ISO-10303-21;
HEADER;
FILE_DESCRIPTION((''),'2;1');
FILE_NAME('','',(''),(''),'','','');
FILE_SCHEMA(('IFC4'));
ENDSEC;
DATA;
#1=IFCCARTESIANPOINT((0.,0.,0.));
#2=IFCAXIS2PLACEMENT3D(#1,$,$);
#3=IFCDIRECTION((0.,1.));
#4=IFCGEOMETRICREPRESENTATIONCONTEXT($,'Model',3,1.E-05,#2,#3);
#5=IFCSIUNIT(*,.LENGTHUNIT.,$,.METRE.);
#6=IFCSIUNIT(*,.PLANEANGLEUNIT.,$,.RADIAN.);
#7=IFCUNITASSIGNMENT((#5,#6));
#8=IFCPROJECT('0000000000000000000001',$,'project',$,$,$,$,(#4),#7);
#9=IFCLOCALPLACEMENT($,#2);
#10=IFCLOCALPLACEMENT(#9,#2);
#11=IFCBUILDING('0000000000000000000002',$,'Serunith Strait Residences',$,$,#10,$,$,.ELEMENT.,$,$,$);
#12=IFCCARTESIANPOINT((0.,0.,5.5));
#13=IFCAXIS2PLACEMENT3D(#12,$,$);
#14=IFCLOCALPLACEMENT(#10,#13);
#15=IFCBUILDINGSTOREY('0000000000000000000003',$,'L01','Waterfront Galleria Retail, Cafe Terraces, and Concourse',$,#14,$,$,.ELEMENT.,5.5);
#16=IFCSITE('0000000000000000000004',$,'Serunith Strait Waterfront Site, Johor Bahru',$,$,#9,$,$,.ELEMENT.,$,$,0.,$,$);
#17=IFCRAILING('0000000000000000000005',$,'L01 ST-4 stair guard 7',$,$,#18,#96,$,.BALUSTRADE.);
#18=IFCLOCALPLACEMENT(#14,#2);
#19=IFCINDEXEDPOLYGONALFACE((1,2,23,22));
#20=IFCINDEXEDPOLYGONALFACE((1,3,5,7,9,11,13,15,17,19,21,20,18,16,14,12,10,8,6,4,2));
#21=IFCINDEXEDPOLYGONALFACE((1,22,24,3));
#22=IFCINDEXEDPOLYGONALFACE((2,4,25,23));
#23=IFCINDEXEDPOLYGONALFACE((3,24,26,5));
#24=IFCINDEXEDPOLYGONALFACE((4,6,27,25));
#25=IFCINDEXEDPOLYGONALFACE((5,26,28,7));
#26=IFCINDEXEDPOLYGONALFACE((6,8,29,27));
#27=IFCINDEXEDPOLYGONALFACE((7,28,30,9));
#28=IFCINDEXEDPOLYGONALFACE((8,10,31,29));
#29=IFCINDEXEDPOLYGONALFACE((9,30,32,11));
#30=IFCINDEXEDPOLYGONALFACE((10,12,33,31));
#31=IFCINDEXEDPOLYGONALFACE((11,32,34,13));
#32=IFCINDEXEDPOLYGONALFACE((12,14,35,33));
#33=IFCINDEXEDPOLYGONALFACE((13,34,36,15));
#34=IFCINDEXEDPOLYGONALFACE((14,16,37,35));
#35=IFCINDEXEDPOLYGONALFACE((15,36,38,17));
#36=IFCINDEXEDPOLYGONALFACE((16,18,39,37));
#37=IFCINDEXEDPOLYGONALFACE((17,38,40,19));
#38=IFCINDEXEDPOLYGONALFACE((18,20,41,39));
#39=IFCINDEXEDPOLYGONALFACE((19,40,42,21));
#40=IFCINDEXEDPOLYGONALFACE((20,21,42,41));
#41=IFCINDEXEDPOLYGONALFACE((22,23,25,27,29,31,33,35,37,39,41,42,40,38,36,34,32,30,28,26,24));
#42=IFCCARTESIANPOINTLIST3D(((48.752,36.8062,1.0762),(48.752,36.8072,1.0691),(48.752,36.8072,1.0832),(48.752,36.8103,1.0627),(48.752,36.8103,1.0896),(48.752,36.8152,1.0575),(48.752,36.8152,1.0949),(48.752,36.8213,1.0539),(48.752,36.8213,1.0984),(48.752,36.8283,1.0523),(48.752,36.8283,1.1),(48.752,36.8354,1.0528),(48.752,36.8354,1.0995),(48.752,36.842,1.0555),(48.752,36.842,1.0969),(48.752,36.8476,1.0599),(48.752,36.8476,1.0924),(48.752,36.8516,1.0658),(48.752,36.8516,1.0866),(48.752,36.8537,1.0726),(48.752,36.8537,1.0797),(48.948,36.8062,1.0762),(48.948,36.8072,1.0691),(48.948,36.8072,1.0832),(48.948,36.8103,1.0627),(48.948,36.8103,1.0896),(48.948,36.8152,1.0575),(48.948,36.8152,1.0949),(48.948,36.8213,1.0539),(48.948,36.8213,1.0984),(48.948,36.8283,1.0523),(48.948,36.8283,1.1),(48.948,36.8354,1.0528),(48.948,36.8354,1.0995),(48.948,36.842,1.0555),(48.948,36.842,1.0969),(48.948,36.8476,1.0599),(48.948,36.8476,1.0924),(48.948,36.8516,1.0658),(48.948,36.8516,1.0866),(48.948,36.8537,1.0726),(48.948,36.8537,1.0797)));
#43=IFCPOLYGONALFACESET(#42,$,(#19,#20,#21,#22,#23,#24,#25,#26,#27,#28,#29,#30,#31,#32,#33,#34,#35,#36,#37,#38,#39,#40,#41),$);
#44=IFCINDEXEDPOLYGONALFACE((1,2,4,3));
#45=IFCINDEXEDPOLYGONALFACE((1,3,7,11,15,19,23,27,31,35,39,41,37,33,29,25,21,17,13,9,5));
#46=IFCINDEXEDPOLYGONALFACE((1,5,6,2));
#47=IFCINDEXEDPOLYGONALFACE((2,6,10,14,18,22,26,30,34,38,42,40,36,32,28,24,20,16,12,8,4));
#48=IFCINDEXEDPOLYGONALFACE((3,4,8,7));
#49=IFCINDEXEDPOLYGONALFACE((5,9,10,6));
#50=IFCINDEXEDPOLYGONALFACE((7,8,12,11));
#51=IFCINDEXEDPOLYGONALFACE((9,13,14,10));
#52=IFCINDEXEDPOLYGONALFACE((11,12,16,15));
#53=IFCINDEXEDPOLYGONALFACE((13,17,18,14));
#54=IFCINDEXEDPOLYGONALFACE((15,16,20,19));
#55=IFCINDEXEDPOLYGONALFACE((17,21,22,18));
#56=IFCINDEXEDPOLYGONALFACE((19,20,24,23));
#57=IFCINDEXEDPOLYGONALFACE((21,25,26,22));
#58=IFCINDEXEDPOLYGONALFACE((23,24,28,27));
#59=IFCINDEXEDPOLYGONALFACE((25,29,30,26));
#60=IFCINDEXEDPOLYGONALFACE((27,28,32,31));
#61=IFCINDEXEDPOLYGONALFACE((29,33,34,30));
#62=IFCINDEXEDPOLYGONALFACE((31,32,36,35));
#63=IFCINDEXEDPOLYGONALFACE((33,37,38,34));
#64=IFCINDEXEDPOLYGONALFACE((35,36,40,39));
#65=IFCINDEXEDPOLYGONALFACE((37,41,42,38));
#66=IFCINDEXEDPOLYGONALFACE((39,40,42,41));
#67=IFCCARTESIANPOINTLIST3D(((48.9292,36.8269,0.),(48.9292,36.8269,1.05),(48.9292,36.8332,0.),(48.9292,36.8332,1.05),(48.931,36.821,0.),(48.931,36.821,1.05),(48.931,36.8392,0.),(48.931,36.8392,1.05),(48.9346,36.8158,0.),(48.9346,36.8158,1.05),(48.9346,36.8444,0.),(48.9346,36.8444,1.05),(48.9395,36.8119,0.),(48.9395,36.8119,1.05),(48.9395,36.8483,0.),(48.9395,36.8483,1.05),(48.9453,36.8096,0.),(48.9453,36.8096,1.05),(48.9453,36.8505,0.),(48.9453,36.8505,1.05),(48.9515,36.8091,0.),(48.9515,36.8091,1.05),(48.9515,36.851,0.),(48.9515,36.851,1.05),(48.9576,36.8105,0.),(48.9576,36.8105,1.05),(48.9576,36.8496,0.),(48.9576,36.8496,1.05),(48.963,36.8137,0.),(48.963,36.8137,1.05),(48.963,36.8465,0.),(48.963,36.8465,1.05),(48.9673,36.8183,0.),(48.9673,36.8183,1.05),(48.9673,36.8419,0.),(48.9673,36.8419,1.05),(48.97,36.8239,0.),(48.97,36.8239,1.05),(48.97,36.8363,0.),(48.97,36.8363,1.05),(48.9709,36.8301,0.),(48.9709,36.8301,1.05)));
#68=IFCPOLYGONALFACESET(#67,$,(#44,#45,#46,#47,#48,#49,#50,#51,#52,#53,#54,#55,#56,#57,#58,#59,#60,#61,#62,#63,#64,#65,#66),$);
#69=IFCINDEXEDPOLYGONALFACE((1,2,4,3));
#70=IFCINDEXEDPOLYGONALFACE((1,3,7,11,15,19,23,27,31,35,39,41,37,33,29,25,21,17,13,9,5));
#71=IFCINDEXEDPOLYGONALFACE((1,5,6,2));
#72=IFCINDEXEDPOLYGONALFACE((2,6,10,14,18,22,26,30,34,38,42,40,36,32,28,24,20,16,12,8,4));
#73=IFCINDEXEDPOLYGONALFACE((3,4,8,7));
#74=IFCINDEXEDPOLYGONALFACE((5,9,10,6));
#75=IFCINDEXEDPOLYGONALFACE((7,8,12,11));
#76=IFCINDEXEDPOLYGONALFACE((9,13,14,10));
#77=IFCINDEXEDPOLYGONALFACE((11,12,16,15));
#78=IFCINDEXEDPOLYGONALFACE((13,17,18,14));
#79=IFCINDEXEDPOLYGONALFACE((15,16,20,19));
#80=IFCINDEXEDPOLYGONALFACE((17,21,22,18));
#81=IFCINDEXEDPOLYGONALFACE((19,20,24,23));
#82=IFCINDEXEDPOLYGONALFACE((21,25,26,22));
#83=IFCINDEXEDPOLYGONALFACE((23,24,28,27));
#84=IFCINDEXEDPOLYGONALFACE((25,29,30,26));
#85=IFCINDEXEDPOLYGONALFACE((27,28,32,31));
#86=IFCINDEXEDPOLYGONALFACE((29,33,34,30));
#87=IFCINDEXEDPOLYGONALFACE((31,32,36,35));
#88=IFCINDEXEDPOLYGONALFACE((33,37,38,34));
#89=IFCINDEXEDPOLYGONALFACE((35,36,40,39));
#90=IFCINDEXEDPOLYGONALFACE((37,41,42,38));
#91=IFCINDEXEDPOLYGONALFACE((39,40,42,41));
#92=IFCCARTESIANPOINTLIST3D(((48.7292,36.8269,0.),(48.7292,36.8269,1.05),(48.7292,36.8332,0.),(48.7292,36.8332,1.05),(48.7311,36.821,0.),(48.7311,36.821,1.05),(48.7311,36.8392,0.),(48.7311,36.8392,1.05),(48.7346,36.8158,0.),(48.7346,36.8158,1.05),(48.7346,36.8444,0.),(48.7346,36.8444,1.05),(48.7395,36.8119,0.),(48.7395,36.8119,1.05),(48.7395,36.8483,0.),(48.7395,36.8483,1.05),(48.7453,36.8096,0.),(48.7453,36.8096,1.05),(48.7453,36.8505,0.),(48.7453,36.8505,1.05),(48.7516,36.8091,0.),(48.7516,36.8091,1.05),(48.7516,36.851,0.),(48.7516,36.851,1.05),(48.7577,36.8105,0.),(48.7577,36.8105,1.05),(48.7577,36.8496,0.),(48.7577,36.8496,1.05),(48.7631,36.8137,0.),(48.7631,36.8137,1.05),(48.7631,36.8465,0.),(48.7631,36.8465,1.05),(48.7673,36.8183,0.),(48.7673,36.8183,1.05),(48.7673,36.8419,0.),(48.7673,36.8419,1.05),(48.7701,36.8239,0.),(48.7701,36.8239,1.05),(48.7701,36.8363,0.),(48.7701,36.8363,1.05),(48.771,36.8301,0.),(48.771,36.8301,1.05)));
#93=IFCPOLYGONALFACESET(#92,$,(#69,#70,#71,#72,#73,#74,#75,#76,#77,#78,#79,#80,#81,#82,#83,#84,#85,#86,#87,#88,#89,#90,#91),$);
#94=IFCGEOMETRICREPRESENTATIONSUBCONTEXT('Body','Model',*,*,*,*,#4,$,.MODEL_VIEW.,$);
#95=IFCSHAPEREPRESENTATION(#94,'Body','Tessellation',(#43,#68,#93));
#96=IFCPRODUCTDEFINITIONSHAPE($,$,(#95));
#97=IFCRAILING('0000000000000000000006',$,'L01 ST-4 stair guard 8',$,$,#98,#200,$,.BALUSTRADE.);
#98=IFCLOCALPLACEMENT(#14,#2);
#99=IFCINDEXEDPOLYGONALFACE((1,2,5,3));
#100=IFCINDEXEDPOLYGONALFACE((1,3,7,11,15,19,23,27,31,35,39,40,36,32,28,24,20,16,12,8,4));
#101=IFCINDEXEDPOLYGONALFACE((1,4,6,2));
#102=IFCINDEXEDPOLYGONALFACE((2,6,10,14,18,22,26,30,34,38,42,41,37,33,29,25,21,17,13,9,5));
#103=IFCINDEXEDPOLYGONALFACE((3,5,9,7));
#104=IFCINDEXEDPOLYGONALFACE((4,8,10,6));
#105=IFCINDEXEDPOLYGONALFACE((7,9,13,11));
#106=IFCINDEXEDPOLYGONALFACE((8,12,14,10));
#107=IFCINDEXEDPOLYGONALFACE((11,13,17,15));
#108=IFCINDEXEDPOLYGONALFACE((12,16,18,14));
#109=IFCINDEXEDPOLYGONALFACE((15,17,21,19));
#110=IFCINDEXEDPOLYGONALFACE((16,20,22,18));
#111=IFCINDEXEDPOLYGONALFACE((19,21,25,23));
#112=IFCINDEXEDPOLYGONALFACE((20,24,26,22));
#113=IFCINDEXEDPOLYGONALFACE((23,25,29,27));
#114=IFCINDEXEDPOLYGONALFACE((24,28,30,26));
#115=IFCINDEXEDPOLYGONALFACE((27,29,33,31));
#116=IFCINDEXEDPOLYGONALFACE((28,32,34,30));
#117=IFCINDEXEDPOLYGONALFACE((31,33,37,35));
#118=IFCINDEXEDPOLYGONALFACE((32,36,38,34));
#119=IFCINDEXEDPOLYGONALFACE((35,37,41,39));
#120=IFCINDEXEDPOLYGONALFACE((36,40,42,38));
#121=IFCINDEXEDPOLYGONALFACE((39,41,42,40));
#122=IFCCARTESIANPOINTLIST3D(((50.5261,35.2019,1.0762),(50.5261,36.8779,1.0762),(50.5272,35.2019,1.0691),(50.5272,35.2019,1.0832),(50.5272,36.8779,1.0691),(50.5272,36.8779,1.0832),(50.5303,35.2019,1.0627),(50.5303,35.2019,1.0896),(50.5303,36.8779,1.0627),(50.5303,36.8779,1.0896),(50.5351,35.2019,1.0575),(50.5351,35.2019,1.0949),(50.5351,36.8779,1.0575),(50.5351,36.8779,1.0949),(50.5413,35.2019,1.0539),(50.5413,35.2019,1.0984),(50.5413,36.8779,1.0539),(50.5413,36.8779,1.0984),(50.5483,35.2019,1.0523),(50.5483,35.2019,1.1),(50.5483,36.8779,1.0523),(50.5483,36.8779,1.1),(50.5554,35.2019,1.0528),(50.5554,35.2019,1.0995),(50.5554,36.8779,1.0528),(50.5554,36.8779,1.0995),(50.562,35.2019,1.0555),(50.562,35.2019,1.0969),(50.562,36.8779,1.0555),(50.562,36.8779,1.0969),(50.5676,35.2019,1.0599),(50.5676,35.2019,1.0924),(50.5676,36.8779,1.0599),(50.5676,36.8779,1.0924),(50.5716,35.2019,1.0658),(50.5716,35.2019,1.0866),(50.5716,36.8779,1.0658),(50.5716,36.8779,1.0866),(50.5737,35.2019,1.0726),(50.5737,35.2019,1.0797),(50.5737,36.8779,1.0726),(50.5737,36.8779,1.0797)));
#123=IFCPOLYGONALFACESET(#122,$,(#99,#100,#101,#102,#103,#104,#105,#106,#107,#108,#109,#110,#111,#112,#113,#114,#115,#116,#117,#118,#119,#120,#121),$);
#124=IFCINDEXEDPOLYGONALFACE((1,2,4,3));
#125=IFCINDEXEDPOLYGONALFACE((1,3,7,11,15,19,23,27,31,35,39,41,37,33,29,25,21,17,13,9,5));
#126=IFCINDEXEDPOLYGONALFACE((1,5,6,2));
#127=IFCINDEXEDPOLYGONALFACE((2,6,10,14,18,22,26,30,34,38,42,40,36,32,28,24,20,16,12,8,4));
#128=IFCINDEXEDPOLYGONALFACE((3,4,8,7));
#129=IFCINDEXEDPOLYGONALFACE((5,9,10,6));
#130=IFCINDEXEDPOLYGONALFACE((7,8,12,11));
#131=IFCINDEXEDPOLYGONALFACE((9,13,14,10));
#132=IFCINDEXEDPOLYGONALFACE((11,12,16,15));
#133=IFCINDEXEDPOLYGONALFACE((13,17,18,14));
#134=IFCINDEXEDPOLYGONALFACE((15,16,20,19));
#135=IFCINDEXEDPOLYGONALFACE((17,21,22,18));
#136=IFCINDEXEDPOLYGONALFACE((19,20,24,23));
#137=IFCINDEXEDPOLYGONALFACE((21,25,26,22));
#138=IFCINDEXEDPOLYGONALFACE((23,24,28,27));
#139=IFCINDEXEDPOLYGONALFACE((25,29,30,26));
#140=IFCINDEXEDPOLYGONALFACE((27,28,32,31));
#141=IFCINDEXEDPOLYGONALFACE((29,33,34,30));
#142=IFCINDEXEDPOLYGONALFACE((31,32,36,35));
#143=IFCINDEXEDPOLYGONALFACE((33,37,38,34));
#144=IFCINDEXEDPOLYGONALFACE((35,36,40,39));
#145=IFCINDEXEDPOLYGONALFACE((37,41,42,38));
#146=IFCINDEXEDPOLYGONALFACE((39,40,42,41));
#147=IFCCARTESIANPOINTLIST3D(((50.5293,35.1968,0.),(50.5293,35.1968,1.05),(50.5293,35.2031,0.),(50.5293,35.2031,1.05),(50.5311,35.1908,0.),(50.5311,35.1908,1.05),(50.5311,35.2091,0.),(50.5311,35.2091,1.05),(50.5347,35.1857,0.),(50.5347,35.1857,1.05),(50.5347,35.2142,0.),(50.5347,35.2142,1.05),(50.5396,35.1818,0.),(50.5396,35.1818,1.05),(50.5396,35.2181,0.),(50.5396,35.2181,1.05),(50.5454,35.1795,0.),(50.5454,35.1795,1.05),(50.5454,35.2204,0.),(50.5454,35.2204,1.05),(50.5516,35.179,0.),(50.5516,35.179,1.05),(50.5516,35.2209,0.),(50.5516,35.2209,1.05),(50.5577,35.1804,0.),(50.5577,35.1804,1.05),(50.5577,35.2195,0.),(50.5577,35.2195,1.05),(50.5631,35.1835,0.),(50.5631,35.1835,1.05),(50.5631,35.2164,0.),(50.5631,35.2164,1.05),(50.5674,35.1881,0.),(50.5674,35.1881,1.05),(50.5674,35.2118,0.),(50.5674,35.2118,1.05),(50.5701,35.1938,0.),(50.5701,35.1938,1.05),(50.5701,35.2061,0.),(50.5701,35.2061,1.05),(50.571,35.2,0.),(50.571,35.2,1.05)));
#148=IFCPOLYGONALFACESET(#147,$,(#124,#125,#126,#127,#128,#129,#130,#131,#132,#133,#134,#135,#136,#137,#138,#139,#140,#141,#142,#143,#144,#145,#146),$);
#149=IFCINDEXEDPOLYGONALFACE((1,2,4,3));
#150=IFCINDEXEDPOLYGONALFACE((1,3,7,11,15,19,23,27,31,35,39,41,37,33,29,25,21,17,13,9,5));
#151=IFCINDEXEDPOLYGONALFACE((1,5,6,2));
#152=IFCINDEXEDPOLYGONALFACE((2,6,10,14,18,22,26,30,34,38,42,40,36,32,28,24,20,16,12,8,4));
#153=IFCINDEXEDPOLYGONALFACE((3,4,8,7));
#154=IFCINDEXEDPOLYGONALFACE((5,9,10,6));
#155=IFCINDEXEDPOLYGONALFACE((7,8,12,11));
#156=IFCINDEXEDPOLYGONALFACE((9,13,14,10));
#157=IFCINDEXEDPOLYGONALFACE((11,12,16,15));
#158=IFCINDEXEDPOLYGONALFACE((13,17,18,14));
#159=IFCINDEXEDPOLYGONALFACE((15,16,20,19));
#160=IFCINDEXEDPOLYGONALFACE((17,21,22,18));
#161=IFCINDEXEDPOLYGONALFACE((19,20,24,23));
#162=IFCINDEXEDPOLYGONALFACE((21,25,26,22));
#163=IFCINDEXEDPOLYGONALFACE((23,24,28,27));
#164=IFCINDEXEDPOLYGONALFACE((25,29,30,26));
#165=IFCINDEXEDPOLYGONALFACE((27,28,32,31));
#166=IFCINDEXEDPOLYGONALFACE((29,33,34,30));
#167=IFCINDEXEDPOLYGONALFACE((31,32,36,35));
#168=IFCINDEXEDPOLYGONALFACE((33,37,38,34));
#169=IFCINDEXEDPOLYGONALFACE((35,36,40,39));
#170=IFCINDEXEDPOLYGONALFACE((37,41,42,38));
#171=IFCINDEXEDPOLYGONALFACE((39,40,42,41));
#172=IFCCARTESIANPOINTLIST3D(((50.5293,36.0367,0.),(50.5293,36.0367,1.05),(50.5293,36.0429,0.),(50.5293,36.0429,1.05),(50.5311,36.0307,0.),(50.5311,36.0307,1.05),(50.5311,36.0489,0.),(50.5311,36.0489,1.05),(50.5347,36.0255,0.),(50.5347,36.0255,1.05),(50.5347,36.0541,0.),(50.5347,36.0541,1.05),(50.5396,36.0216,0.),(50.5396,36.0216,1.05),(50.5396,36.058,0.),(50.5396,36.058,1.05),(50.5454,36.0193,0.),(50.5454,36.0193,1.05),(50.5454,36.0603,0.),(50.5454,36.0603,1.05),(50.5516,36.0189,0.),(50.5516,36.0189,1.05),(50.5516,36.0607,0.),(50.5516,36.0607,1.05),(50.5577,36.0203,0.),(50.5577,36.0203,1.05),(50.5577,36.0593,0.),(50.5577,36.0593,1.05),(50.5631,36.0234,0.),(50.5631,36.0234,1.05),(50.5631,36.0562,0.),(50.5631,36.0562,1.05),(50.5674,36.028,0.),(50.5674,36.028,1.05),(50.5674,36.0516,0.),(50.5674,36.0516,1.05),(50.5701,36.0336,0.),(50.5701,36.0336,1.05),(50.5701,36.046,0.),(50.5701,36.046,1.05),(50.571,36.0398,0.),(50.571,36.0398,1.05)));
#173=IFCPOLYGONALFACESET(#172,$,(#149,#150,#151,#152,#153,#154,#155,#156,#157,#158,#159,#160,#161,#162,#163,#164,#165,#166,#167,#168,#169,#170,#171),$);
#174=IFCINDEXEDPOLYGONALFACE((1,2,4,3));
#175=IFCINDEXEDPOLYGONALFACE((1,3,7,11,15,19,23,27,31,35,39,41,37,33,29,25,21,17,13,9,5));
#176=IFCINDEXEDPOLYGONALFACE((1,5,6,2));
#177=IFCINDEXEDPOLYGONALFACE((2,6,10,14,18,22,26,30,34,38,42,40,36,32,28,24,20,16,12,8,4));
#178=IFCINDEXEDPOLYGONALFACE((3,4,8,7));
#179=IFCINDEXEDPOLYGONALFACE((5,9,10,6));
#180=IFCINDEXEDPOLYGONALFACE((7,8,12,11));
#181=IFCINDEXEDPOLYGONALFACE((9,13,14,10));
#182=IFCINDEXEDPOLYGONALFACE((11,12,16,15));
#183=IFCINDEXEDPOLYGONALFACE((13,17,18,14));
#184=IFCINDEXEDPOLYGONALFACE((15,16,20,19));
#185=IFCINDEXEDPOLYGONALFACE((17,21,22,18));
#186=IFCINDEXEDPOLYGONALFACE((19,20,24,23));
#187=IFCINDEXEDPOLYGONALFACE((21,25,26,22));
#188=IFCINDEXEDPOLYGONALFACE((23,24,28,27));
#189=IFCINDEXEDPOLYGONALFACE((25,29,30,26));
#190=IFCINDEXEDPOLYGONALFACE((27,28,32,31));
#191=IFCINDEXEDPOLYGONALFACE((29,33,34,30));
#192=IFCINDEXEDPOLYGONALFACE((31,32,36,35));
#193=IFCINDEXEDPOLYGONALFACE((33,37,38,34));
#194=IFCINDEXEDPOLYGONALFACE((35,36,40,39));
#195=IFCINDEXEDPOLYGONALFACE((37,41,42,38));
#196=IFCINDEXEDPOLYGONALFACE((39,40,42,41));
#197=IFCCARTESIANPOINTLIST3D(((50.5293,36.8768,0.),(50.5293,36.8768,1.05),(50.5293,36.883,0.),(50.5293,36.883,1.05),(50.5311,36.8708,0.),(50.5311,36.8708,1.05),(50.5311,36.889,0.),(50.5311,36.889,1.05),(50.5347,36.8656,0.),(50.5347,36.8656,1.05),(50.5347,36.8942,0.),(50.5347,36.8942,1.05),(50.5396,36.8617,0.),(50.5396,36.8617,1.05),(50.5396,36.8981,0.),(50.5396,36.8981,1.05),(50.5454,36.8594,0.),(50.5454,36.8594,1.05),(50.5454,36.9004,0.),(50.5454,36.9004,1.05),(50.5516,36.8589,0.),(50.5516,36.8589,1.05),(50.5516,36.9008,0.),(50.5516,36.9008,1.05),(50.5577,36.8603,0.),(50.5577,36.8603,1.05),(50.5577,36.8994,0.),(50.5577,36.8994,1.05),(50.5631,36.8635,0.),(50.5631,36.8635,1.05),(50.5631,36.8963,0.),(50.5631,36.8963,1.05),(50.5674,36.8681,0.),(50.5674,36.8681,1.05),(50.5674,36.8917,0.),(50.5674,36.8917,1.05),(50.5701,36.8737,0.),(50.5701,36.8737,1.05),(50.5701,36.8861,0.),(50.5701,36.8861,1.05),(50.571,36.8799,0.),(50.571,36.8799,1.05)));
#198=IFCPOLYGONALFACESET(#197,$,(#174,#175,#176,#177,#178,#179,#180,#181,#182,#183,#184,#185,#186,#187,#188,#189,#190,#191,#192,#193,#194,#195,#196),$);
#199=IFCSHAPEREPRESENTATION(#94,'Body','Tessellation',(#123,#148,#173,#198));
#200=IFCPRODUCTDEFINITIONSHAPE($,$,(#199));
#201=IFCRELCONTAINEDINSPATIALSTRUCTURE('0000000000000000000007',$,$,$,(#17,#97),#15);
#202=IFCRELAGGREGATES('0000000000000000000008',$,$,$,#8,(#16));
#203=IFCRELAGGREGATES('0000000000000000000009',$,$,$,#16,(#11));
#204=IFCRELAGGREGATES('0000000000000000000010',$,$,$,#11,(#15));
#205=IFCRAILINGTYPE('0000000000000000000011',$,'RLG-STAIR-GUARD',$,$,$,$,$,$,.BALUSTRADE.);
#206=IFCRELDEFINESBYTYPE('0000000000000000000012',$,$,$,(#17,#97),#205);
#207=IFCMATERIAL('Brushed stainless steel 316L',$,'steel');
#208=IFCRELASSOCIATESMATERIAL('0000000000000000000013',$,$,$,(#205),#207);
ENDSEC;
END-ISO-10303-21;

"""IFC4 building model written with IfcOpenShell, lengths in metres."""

from ifc_helpers import new_model, si_unit, direction, frame, origin, origin_2d, place, context, subcontext, project, spatial, circle, extrude, material, type_object, element, save


model = new_model("IFC4")

# Units and contexts
model_context = context("Model", 3, precision=1e-05, world=origin(), true_north=direction((0.0, 1.0)))
body_context = subcontext(model_context, "Body", "Model", "MODEL_VIEW")
ifc_project = project(units=[si_unit("LENGTHUNIT", "METRE"), si_unit("PLANEANGLEUNIT", "RADIAN")], contexts=[model_context])

# Site, building, storey
site_placement = place(None, origin())
site = spatial("IfcSite", under=ifc_project, at=site_placement, Name="Serunith Strait Waterfront Site, Johor Bahru", CompositionType="ELEMENT", RefElevation=0.0)
building_placement = place(site_placement, origin())
building = spatial("IfcBuilding", under=site, at=building_placement, Name="Serunith Strait Residences", CompositionType="ELEMENT")
storey_placement = place(building_placement, frame((0.0, 0.0, 5.5)))
storey = spatial("IfcBuildingStorey", under=building, at=storey_placement, Name="L01", Description="Waterfront Galleria Retail, Cafe Terraces, and Concourse", CompositionType="ELEMENT", Elevation=5.5)

# Railings
ifc_material_1 = material(Name="Brushed stainless steel 316L", Category="steel")
railing_type_1 = type_object("IfcRailingType", Name="RLG-STAIR-GUARD", PredefinedType="BALUSTRADE", material=ifc_material_1)
railing_1_placement = place(storey_placement, frame((48.95, 36.8301, 0.0)))
element("IfcRailing", 1, at=railing_1_placement, inside=storey, type_object=railing_type_1, Name="L01 ST-4 stair guard 7", PredefinedType="BALUSTRADE", context=body_context, shape_type="SweptSolid", body=[
    extrude(circle(Radius=0.0239, at=origin_2d()), frame((-0.002, 0.0, 1.0762), z_axis=(-1.0, 0.0, 0.0), x_axis=(0.0, -1.0, 0.0)), (0.0, 0.0, 1.0), 0.196),
    extrude(circle(Radius=0.021, at=origin_2d()), origin(), (0.0, 0.0, 1.0), 1.05),
    extrude(circle(Radius=0.021, at=origin_2d()), frame((-0.2, 0.0, 0.0)), (0.0, 0.0, 1.0), 1.05),
])
railing_2_placement = place(storey_placement, frame((50.55, 35.2, 0.0)))
element("IfcRailing", 2, at=railing_2_placement, inside=storey, type_object=railing_type_1, Name="L01 ST-4 stair guard 8", PredefinedType="BALUSTRADE", context=body_context, shape_type="SweptSolid", body=[
    extrude(circle(Radius=0.0239, at=origin_2d()), frame((0.0, 0.002, 1.0762), z_axis=(0.0, 1.0, 0.0), x_axis=(-1.0, 0.0, 0.0)), (0.0, 0.0, 1.0), 1.676),
    extrude(circle(Radius=0.021, at=origin_2d()), origin(), (0.0, 0.0, 1.0), 1.05),
    extrude(circle(Radius=0.021, at=origin_2d()), frame((0.0, 0.8398, 0.0)), (0.0, 0.0, 1.0), 1.05),
    extrude(circle(Radius=0.021, at=origin_2d()), frame((0.0, 1.6799, 0.0)), (0.0, 0.0, 1.0), 1.05),
])

save(model, "model.ifc")
